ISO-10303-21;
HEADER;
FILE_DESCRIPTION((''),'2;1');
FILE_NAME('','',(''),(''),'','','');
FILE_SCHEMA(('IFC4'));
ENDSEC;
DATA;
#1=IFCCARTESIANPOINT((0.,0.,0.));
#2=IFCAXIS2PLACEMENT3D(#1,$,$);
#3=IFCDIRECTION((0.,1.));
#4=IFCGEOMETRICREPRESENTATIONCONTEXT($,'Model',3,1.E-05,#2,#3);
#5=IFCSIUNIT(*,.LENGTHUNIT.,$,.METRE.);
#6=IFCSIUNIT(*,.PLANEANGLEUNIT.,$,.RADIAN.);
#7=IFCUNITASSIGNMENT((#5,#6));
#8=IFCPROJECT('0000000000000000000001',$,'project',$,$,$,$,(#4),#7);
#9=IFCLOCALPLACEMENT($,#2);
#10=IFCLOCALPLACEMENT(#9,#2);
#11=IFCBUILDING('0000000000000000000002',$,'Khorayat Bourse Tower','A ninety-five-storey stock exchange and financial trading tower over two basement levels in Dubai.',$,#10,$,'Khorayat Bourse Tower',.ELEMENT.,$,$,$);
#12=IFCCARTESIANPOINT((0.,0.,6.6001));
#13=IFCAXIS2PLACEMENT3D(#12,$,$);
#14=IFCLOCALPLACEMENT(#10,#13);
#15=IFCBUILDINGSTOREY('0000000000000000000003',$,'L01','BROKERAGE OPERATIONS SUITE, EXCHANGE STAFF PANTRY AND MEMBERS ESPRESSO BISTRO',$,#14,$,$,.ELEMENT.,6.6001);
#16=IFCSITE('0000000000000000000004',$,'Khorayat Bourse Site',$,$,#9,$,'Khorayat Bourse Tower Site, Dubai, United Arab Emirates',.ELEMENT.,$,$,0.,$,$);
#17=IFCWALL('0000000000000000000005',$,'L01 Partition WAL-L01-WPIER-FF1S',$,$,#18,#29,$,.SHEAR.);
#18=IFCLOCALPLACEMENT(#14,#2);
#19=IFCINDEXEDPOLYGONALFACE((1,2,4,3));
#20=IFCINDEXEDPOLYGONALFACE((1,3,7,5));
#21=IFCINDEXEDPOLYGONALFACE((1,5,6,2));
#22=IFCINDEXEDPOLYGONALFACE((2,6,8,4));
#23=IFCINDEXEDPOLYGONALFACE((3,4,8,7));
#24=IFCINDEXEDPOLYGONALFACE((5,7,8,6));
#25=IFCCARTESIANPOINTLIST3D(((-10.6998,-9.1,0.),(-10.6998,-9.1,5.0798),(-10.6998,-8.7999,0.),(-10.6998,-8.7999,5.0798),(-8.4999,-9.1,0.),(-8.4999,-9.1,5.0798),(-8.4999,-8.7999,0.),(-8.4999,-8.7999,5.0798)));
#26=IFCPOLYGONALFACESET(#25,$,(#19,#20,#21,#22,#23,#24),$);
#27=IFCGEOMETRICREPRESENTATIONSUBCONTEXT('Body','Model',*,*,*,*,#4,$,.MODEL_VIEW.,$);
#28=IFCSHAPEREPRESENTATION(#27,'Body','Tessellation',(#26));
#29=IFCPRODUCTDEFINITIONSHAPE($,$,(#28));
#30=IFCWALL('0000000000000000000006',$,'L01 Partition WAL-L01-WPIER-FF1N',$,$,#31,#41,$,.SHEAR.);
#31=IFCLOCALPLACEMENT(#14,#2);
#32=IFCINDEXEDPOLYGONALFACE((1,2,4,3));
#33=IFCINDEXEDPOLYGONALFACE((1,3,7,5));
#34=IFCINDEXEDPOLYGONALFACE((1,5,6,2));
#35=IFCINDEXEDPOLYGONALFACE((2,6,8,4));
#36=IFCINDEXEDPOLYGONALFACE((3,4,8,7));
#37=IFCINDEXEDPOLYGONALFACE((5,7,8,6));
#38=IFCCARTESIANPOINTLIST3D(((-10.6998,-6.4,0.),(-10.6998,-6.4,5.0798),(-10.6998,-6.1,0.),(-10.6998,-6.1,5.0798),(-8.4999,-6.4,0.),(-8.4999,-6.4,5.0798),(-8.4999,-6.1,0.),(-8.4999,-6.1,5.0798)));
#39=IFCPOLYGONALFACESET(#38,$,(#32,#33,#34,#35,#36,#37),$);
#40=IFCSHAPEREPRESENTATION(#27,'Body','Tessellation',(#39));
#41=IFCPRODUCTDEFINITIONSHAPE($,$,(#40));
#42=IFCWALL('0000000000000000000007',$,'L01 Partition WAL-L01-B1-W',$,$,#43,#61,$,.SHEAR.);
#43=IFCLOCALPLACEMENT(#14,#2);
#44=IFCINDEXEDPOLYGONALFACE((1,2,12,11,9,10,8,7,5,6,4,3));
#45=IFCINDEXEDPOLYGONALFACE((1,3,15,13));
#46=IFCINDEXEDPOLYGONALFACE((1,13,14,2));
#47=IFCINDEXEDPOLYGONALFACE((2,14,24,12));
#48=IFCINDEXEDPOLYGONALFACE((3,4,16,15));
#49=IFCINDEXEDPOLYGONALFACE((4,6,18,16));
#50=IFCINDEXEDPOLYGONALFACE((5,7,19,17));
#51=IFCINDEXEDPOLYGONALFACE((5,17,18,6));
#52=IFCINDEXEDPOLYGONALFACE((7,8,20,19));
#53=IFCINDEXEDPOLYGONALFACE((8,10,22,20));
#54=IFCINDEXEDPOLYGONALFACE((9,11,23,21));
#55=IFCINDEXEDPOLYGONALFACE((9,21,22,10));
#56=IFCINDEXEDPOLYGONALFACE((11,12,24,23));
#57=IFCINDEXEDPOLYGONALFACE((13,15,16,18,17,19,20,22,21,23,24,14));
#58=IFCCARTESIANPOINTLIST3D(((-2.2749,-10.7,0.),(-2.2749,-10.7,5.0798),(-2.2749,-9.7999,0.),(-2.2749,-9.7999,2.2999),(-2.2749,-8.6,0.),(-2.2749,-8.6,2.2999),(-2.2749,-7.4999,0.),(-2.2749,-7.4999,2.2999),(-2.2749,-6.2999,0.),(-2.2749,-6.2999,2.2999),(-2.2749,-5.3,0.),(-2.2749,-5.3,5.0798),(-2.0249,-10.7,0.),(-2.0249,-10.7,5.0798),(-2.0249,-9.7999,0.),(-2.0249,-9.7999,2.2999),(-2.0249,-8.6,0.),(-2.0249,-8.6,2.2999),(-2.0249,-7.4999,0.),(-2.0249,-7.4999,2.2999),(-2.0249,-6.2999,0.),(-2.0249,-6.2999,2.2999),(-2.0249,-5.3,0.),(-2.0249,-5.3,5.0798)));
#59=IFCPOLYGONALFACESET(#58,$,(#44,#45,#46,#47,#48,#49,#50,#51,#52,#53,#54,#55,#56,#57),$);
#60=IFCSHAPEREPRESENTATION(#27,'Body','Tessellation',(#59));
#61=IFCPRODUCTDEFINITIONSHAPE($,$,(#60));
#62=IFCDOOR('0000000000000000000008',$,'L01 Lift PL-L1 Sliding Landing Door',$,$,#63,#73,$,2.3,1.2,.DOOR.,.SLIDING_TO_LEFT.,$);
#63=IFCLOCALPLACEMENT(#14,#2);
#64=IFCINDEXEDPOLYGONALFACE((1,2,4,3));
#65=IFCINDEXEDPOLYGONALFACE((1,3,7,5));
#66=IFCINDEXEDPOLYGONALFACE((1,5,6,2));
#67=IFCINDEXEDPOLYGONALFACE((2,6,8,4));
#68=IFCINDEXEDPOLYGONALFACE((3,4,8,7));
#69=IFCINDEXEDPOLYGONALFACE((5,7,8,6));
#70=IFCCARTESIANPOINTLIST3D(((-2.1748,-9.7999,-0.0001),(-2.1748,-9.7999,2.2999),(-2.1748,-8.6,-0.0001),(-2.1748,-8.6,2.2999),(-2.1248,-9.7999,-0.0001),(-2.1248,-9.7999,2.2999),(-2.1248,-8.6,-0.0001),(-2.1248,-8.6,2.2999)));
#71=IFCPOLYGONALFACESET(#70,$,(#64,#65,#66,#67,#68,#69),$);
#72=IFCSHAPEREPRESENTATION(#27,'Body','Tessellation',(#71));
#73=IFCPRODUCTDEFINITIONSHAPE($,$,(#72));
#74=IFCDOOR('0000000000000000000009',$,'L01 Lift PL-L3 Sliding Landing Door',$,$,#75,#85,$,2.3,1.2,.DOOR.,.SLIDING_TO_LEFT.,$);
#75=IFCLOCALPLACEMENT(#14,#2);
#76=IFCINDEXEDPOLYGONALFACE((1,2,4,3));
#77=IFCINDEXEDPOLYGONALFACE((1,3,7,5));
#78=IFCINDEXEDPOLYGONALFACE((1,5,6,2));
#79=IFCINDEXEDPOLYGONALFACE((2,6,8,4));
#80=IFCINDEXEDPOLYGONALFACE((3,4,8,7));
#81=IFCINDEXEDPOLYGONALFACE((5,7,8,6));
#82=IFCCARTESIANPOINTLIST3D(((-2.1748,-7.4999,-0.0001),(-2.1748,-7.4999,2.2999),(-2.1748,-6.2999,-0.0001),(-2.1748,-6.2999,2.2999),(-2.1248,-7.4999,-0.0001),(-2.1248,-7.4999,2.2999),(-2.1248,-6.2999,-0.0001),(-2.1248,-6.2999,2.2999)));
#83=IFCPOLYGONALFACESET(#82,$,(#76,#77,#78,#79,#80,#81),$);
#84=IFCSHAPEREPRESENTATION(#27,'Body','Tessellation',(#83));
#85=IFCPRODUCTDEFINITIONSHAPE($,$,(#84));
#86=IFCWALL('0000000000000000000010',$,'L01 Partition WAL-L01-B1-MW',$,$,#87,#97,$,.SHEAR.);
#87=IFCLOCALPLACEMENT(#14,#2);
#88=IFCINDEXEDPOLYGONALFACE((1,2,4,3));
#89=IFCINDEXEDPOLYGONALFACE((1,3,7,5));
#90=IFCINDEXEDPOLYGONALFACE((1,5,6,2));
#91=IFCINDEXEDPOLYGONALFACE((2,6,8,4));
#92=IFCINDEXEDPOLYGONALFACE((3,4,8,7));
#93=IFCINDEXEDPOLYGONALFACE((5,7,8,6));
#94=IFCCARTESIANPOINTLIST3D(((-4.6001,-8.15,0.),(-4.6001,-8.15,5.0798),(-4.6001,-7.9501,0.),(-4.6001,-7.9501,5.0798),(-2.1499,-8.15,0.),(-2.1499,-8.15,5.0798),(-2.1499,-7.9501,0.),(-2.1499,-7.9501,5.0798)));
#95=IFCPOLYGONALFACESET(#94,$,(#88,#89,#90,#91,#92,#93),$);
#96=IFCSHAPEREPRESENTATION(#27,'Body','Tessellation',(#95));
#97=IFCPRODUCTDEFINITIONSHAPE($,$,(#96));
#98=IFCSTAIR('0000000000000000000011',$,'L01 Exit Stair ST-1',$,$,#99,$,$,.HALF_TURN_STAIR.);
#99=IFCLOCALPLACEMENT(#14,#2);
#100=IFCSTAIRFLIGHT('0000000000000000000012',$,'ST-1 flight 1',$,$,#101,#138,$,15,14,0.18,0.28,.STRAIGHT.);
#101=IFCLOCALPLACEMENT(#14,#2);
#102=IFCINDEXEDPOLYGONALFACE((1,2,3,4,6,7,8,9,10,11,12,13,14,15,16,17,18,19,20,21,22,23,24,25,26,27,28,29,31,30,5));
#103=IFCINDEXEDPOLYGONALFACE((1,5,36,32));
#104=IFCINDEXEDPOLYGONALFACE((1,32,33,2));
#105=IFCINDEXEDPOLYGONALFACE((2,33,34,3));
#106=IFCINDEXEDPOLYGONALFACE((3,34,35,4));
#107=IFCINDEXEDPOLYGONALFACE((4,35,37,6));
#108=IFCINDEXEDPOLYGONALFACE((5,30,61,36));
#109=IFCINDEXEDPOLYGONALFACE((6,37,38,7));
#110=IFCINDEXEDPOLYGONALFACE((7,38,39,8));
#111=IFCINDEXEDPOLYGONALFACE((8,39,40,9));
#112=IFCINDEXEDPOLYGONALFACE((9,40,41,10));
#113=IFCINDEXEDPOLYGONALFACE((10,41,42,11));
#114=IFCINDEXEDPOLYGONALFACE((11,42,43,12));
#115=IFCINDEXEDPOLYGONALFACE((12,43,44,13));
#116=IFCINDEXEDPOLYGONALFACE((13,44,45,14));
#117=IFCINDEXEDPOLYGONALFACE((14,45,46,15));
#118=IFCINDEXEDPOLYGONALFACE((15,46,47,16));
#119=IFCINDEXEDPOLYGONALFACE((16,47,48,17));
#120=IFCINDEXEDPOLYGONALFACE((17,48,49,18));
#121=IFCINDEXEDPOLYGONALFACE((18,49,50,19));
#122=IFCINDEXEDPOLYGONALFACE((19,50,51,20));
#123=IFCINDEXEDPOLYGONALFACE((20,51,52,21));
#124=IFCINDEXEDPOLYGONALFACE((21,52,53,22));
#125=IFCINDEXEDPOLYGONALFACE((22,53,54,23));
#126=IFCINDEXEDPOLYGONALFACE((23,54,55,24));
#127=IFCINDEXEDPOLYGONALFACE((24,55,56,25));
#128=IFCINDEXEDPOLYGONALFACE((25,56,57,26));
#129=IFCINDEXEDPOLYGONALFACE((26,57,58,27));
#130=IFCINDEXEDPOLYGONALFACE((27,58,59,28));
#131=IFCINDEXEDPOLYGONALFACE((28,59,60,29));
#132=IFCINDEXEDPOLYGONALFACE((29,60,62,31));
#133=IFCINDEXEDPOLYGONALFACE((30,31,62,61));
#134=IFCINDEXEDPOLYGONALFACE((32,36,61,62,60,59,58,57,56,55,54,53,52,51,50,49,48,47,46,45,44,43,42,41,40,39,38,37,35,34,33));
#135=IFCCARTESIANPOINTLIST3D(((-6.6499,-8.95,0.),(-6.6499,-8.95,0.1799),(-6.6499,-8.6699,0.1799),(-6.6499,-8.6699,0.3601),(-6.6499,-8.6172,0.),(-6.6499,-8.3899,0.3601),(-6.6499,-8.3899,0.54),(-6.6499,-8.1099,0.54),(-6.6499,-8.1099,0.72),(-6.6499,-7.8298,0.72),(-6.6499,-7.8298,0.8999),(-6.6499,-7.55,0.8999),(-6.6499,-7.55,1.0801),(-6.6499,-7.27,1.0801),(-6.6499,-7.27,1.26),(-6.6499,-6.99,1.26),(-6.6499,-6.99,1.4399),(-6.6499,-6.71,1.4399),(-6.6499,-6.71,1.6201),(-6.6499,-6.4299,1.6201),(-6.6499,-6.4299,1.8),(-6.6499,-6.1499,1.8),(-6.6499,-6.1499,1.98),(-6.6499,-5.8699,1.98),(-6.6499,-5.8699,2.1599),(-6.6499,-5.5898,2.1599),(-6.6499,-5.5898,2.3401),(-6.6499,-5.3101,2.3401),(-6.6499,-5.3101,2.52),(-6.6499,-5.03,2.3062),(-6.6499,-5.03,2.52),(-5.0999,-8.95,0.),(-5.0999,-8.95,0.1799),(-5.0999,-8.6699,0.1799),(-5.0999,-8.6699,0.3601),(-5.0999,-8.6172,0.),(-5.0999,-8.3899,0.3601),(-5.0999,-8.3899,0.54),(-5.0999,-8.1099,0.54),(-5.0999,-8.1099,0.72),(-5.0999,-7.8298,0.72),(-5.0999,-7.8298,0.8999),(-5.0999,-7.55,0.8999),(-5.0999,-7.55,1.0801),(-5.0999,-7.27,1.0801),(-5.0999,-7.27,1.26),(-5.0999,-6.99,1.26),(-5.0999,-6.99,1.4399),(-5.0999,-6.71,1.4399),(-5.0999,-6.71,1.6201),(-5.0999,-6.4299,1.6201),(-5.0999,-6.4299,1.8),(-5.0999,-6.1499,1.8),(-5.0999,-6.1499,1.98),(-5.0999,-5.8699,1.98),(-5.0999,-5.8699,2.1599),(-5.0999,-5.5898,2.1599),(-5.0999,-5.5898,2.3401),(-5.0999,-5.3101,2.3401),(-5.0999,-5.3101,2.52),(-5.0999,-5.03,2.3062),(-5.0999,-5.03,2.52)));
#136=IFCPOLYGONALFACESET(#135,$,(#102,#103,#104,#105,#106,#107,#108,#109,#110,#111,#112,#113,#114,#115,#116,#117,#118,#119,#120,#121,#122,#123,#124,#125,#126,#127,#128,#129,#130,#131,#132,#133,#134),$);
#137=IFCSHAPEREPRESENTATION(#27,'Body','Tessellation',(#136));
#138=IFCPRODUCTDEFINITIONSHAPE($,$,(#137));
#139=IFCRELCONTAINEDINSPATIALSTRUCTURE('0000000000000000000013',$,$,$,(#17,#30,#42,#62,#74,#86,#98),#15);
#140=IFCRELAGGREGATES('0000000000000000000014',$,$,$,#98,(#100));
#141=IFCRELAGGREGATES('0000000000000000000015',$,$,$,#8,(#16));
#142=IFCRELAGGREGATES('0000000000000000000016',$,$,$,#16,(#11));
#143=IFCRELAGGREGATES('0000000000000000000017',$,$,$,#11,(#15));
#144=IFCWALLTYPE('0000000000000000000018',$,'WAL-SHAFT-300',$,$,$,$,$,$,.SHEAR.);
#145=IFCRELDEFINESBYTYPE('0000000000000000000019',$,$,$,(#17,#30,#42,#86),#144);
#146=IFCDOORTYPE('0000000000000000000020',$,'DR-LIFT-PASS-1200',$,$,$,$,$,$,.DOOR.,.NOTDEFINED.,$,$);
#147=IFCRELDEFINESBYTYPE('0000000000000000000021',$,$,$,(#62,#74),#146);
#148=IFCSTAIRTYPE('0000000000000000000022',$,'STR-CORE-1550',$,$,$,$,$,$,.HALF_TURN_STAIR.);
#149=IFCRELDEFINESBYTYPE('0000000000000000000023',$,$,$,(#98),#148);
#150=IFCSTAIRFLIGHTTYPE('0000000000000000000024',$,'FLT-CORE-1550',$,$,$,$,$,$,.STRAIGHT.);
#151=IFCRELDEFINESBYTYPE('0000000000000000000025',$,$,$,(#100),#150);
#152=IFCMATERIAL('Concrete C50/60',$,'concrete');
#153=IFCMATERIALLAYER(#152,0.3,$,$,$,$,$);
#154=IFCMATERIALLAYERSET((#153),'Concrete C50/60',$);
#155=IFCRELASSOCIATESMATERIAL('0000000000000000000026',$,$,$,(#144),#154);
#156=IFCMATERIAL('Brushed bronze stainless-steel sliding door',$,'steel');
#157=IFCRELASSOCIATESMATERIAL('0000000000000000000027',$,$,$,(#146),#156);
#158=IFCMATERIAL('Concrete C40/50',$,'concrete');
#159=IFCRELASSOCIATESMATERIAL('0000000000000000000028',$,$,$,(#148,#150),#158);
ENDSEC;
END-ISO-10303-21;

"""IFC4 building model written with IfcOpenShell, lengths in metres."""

from ifc_helpers import new_model, si_unit, direction, frame, frame_2d, origin, place, context, subcontext, project, spatial, polyline, rectangle, outline, extrude, source, transform, mapped, material, layer, layer_set, type_object, element, fill, aggregate, save


model = new_model("IFC4")

# Units and contexts
model_context = context("Model", 3, precision=1e-05, world=origin(), true_north=direction((0.0, 1.0)))
body_context = subcontext(model_context, "Body", "Model", "MODEL_VIEW")
ifc_project = project(units=[si_unit("LENGTHUNIT", "METRE"), si_unit("PLANEANGLEUNIT", "RADIAN")], contexts=[model_context])

# Site, building, storey
site_placement = place(None, origin())
site = spatial("IfcSite", under=ifc_project, at=site_placement, Name="Khorayat Bourse Site", LongName="Khorayat Bourse Tower Site, Dubai, United Arab Emirates", CompositionType="ELEMENT", RefElevation=0.0)
building_placement = place(site_placement, origin())
building = spatial("IfcBuilding", under=site, at=building_placement, Name="Khorayat Bourse Tower", Description="A ninety-five-storey stock exchange and financial trading tower over two basement levels in Dubai.", LongName="Khorayat Bourse Tower", CompositionType="ELEMENT")
storey_placement = place(building_placement, frame((0.0, 0.0, 6.6001)))
storey = spatial("IfcBuildingStorey", under=building, at=storey_placement, Name="L01", Description="BROKERAGE OPERATIONS SUITE, EXCHANGE STAFF PANTRY AND MEMBERS ESPRESSO BISTRO", CompositionType="ELEMENT", Elevation=6.6001)

# Walls
ifc_material_1 = material(Name="Concrete C50/60", Category="concrete")
ifc_layer_1 = layer(ifc_material_1, 0.3)
ifc_layer_set_1 = layer_set([ifc_layer_1], Name="Concrete C50/60")
wall_type_1 = type_object("IfcWallType", Name="WAL-SHAFT-300", PredefinedType="SHEAR", material=ifc_layer_set_1)
shared_shape_1 = source(origin(), body_context, "Body", "SweptSolid", [
    extrude(rectangle(XDim=2.2, YDim=0.3, at=frame_2d((1.1001, 0.0))), origin(), (0.0, 0.0, 1.0), 5.0798),
])
for number, where, z_axis, x_axis, name in (
    (1, (-10.7, -8.95, 0.0), (0.0, 0.0, 1.0), (1.0, 0.0, 0.0), "L01 Partition WAL-L01-WPIER-FF1S"),
    (2, (-10.7, -6.25, 0.0), (0.0, 0.0, 1.0), (1.0, 0.0, 0.0), "L01 Partition WAL-L01-WPIER-FF1N"),
):
    element("IfcWall", number, at=place(storey_placement, frame(where, z_axis=z_axis, x_axis=x_axis)), inside=storey, type_object=wall_type_1, Name=name, PredefinedType="SHEAR", context=body_context, shape_type="MappedRepresentation", body=[
        mapped(shared_shape_1, transform((0.0, 0.0, 0.0), scale=1.0)),
    ])

# Wall, openings, doors
shared_shape_2 = source(origin(), body_context, "Body", "SweptSolid", [
    extrude(rectangle(XDim=5.3999, YDim=0.25, at=frame_2d((2.7, 0.0))), origin(), (0.0, 0.0, 1.0), 5.0798),
])
wall_1_placement = place(storey_placement, frame((-2.1499, -10.7, 0.0), z_axis=(0.0, 0.0, 1.0), x_axis=(0.0, 1.0, 0.0)))
wall_1 = element("IfcWall", 3, at=wall_1_placement, inside=storey, type_object=wall_type_1, Name="L01 Partition WAL-L01-B1-W", PredefinedType="SHEAR", context=body_context, shape_type="MappedRepresentation", body=[
    mapped(shared_shape_2, transform((0.0, 0.0, 0.0), scale=1.0)),
])
shared_shape_3 = source(origin(), body_context, "Body", "SweptSolid", [
    extrude(rectangle(XDim=1.2, YDim=2.3, at=frame_2d((0.6001, 1.1499))), frame((0.0, 0.135, 0.0), z_axis=(0.0, -1.0, 0.0), x_axis=(1.0, 0.0, 0.0)), (0.0, 0.0, 1.0), 0.27),
])
opening_1_placement = place(wall_1_placement, frame((0.8999, 0.0, 0.0)))
opening_1 = element("IfcOpeningElement", 4, at=opening_1_placement, cuts=wall_1, PredefinedType="OPENING", context=body_context, shape_type="MappedRepresentation", body=[
    mapped(shared_shape_3, transform((0.0, 0.0, 0.0), scale=1.0)),
])
opening_2_placement = place(wall_1_placement, frame((3.2, 0.0, 0.0)))
opening_2 = element("IfcOpeningElement", 5, at=opening_2_placement, cuts=wall_1, PredefinedType="OPENING", context=body_context, shape_type="MappedRepresentation", body=[
    mapped(shared_shape_3, transform((0.0, 0.0, 0.0), scale=1.0)),
])
ifc_material_2 = material(Name="Brushed bronze stainless-steel sliding door", Category="steel")
door_type_1 = type_object("IfcDoorType", Name="DR-LIFT-PASS-1200", OperationType="NOTDEFINED", PredefinedType="DOOR", material=ifc_material_2)
shared_shape_4 = source(origin(), body_context, "Body", "SweptSolid", [
    extrude(rectangle(XDim=1.2, YDim=2.3, at=frame_2d((0.6001, 1.1499))), frame((0.0, 0.0249, 0.0), z_axis=(0.0, -1.0, 0.0), x_axis=(1.0, 0.0, 0.0)), (0.0, 0.0, 1.0), 0.05),
])
door_1_placement = place(opening_1_placement, origin())
door_1 = element("IfcDoor", 6, at=door_1_placement, inside=storey, type_object=door_type_1, Name="L01 Lift PL-L1 Sliding Landing Door", OperationType="SLIDING_TO_LEFT", OverallHeight=2.3, OverallWidth=1.2, PredefinedType="DOOR", context=body_context, shape_type="MappedRepresentation", body=[
    mapped(shared_shape_4, transform((0.0, 0.0, 0.0), scale=1.0)),
])
fill(opening_1, door_1)
door_2_placement = place(opening_2_placement, origin())
door_2 = element("IfcDoor", 7, at=door_2_placement, inside=storey, type_object=door_type_1, Name="L01 Lift PL-L3 Sliding Landing Door", OperationType="SLIDING_TO_LEFT", OverallHeight=2.3, OverallWidth=1.2, PredefinedType="DOOR", context=body_context, shape_type="MappedRepresentation", body=[
    mapped(shared_shape_4, transform((0.0, 0.0, 0.0), scale=1.0)),
])
fill(opening_2, door_2)

# Wall
shared_shape_5 = source(origin(), body_context, "Body", "SweptSolid", [
    extrude(rectangle(XDim=2.4502, YDim=0.2, at=frame_2d((1.2251, 0.0))), origin(), (0.0, 0.0, 1.0), 5.0798),
])
wall_2_placement = place(storey_placement, frame((-4.6001, -8.05, 0.0), z_axis=(0.0, 0.0, 1.0), x_axis=(1.0, 0.0, 0.0)))
element("IfcWall", 8, at=wall_2_placement, inside=storey, type_object=wall_type_1, Name="L01 Partition WAL-L01-B1-MW", PredefinedType="SHEAR", context=body_context, shape_type="MappedRepresentation", body=[
    mapped(shared_shape_5, transform((0.0, 0.0, 0.0), scale=1.0)),
])

# Stair, stair flight
ifc_material_3 = material(Name="Concrete C40/50", Category="concrete")
stair_type = type_object("IfcStairType", Name="STR-CORE-1550", PredefinedType="HALF_TURN_STAIR", material=ifc_material_3)
stair_placement = place(storey_placement, origin())
stair = element("IfcStair", 9, at=stair_placement, inside=storey, type_object=stair_type, Name="L01 Exit Stair ST-1", PredefinedType="HALF_TURN_STAIR")
stair_flight_type = type_object("IfcStairFlightType", Name="FLT-CORE-1550", PredefinedType="STRAIGHT", material=ifc_material_3)
shared_shape_6 = source(origin(), body_context, "Body", "SweptSolid", [
    extrude(outline(polyline([(0.0, 0.0), (0.0, 0.1799), (0.28, 0.1799), (0.28, 0.3601), (0.5601, 0.3601), (0.5601, 0.54), (0.8401, 0.54), (0.8401, 0.72), (1.1201, 0.72), (1.1201, 0.8999), (1.3999, 0.8999), (1.3999, 1.0801), (1.6799, 1.0801), (1.6799, 1.26), (1.96, 1.26), (1.96, 1.4399), (2.24, 1.4399), (2.24, 1.6201), (2.52, 1.6201), (2.52, 1.8), (2.8, 1.8), (2.8, 1.98), (3.0801, 1.98), (3.0801, 2.1599), (3.3601, 2.1599), (3.3601, 2.3401), (3.6399, 2.3401), (3.6399, 2.52), (3.9199, 2.52), (3.9199, 2.7), (3.9199, 2.3062), (0.3328, 0.0), (0.0, 0.0)])), frame((0.0, 0.7749, 0.0), z_axis=(0.0, -1.0, 0.0), x_axis=(1.0, 0.0, 0.0)), (0.0, 0.0, 1.0), 1.55),
])
stair_flight_placement = place(storey_placement, frame((-5.875, -8.95, 0.0), z_axis=(0.0, 0.0, 1.0), x_axis=(0.0, 1.0, 0.0)))
stair_flight = element("IfcStairFlight", 10, at=stair_flight_placement, type_object=stair_flight_type, Name="ST-1 flight 1", NumberOfRisers=15, NumberOfTreads=14, PredefinedType="STRAIGHT", RiserHeight=0.18, TreadLength=0.28, context=body_context, shape_type="MappedRepresentation", body=[
    mapped(shared_shape_6, transform((0.0, 0.0, 0.0), scale=1.0)),
])
aggregate(stair, [stair_flight])

save(model, "model.ifc")
